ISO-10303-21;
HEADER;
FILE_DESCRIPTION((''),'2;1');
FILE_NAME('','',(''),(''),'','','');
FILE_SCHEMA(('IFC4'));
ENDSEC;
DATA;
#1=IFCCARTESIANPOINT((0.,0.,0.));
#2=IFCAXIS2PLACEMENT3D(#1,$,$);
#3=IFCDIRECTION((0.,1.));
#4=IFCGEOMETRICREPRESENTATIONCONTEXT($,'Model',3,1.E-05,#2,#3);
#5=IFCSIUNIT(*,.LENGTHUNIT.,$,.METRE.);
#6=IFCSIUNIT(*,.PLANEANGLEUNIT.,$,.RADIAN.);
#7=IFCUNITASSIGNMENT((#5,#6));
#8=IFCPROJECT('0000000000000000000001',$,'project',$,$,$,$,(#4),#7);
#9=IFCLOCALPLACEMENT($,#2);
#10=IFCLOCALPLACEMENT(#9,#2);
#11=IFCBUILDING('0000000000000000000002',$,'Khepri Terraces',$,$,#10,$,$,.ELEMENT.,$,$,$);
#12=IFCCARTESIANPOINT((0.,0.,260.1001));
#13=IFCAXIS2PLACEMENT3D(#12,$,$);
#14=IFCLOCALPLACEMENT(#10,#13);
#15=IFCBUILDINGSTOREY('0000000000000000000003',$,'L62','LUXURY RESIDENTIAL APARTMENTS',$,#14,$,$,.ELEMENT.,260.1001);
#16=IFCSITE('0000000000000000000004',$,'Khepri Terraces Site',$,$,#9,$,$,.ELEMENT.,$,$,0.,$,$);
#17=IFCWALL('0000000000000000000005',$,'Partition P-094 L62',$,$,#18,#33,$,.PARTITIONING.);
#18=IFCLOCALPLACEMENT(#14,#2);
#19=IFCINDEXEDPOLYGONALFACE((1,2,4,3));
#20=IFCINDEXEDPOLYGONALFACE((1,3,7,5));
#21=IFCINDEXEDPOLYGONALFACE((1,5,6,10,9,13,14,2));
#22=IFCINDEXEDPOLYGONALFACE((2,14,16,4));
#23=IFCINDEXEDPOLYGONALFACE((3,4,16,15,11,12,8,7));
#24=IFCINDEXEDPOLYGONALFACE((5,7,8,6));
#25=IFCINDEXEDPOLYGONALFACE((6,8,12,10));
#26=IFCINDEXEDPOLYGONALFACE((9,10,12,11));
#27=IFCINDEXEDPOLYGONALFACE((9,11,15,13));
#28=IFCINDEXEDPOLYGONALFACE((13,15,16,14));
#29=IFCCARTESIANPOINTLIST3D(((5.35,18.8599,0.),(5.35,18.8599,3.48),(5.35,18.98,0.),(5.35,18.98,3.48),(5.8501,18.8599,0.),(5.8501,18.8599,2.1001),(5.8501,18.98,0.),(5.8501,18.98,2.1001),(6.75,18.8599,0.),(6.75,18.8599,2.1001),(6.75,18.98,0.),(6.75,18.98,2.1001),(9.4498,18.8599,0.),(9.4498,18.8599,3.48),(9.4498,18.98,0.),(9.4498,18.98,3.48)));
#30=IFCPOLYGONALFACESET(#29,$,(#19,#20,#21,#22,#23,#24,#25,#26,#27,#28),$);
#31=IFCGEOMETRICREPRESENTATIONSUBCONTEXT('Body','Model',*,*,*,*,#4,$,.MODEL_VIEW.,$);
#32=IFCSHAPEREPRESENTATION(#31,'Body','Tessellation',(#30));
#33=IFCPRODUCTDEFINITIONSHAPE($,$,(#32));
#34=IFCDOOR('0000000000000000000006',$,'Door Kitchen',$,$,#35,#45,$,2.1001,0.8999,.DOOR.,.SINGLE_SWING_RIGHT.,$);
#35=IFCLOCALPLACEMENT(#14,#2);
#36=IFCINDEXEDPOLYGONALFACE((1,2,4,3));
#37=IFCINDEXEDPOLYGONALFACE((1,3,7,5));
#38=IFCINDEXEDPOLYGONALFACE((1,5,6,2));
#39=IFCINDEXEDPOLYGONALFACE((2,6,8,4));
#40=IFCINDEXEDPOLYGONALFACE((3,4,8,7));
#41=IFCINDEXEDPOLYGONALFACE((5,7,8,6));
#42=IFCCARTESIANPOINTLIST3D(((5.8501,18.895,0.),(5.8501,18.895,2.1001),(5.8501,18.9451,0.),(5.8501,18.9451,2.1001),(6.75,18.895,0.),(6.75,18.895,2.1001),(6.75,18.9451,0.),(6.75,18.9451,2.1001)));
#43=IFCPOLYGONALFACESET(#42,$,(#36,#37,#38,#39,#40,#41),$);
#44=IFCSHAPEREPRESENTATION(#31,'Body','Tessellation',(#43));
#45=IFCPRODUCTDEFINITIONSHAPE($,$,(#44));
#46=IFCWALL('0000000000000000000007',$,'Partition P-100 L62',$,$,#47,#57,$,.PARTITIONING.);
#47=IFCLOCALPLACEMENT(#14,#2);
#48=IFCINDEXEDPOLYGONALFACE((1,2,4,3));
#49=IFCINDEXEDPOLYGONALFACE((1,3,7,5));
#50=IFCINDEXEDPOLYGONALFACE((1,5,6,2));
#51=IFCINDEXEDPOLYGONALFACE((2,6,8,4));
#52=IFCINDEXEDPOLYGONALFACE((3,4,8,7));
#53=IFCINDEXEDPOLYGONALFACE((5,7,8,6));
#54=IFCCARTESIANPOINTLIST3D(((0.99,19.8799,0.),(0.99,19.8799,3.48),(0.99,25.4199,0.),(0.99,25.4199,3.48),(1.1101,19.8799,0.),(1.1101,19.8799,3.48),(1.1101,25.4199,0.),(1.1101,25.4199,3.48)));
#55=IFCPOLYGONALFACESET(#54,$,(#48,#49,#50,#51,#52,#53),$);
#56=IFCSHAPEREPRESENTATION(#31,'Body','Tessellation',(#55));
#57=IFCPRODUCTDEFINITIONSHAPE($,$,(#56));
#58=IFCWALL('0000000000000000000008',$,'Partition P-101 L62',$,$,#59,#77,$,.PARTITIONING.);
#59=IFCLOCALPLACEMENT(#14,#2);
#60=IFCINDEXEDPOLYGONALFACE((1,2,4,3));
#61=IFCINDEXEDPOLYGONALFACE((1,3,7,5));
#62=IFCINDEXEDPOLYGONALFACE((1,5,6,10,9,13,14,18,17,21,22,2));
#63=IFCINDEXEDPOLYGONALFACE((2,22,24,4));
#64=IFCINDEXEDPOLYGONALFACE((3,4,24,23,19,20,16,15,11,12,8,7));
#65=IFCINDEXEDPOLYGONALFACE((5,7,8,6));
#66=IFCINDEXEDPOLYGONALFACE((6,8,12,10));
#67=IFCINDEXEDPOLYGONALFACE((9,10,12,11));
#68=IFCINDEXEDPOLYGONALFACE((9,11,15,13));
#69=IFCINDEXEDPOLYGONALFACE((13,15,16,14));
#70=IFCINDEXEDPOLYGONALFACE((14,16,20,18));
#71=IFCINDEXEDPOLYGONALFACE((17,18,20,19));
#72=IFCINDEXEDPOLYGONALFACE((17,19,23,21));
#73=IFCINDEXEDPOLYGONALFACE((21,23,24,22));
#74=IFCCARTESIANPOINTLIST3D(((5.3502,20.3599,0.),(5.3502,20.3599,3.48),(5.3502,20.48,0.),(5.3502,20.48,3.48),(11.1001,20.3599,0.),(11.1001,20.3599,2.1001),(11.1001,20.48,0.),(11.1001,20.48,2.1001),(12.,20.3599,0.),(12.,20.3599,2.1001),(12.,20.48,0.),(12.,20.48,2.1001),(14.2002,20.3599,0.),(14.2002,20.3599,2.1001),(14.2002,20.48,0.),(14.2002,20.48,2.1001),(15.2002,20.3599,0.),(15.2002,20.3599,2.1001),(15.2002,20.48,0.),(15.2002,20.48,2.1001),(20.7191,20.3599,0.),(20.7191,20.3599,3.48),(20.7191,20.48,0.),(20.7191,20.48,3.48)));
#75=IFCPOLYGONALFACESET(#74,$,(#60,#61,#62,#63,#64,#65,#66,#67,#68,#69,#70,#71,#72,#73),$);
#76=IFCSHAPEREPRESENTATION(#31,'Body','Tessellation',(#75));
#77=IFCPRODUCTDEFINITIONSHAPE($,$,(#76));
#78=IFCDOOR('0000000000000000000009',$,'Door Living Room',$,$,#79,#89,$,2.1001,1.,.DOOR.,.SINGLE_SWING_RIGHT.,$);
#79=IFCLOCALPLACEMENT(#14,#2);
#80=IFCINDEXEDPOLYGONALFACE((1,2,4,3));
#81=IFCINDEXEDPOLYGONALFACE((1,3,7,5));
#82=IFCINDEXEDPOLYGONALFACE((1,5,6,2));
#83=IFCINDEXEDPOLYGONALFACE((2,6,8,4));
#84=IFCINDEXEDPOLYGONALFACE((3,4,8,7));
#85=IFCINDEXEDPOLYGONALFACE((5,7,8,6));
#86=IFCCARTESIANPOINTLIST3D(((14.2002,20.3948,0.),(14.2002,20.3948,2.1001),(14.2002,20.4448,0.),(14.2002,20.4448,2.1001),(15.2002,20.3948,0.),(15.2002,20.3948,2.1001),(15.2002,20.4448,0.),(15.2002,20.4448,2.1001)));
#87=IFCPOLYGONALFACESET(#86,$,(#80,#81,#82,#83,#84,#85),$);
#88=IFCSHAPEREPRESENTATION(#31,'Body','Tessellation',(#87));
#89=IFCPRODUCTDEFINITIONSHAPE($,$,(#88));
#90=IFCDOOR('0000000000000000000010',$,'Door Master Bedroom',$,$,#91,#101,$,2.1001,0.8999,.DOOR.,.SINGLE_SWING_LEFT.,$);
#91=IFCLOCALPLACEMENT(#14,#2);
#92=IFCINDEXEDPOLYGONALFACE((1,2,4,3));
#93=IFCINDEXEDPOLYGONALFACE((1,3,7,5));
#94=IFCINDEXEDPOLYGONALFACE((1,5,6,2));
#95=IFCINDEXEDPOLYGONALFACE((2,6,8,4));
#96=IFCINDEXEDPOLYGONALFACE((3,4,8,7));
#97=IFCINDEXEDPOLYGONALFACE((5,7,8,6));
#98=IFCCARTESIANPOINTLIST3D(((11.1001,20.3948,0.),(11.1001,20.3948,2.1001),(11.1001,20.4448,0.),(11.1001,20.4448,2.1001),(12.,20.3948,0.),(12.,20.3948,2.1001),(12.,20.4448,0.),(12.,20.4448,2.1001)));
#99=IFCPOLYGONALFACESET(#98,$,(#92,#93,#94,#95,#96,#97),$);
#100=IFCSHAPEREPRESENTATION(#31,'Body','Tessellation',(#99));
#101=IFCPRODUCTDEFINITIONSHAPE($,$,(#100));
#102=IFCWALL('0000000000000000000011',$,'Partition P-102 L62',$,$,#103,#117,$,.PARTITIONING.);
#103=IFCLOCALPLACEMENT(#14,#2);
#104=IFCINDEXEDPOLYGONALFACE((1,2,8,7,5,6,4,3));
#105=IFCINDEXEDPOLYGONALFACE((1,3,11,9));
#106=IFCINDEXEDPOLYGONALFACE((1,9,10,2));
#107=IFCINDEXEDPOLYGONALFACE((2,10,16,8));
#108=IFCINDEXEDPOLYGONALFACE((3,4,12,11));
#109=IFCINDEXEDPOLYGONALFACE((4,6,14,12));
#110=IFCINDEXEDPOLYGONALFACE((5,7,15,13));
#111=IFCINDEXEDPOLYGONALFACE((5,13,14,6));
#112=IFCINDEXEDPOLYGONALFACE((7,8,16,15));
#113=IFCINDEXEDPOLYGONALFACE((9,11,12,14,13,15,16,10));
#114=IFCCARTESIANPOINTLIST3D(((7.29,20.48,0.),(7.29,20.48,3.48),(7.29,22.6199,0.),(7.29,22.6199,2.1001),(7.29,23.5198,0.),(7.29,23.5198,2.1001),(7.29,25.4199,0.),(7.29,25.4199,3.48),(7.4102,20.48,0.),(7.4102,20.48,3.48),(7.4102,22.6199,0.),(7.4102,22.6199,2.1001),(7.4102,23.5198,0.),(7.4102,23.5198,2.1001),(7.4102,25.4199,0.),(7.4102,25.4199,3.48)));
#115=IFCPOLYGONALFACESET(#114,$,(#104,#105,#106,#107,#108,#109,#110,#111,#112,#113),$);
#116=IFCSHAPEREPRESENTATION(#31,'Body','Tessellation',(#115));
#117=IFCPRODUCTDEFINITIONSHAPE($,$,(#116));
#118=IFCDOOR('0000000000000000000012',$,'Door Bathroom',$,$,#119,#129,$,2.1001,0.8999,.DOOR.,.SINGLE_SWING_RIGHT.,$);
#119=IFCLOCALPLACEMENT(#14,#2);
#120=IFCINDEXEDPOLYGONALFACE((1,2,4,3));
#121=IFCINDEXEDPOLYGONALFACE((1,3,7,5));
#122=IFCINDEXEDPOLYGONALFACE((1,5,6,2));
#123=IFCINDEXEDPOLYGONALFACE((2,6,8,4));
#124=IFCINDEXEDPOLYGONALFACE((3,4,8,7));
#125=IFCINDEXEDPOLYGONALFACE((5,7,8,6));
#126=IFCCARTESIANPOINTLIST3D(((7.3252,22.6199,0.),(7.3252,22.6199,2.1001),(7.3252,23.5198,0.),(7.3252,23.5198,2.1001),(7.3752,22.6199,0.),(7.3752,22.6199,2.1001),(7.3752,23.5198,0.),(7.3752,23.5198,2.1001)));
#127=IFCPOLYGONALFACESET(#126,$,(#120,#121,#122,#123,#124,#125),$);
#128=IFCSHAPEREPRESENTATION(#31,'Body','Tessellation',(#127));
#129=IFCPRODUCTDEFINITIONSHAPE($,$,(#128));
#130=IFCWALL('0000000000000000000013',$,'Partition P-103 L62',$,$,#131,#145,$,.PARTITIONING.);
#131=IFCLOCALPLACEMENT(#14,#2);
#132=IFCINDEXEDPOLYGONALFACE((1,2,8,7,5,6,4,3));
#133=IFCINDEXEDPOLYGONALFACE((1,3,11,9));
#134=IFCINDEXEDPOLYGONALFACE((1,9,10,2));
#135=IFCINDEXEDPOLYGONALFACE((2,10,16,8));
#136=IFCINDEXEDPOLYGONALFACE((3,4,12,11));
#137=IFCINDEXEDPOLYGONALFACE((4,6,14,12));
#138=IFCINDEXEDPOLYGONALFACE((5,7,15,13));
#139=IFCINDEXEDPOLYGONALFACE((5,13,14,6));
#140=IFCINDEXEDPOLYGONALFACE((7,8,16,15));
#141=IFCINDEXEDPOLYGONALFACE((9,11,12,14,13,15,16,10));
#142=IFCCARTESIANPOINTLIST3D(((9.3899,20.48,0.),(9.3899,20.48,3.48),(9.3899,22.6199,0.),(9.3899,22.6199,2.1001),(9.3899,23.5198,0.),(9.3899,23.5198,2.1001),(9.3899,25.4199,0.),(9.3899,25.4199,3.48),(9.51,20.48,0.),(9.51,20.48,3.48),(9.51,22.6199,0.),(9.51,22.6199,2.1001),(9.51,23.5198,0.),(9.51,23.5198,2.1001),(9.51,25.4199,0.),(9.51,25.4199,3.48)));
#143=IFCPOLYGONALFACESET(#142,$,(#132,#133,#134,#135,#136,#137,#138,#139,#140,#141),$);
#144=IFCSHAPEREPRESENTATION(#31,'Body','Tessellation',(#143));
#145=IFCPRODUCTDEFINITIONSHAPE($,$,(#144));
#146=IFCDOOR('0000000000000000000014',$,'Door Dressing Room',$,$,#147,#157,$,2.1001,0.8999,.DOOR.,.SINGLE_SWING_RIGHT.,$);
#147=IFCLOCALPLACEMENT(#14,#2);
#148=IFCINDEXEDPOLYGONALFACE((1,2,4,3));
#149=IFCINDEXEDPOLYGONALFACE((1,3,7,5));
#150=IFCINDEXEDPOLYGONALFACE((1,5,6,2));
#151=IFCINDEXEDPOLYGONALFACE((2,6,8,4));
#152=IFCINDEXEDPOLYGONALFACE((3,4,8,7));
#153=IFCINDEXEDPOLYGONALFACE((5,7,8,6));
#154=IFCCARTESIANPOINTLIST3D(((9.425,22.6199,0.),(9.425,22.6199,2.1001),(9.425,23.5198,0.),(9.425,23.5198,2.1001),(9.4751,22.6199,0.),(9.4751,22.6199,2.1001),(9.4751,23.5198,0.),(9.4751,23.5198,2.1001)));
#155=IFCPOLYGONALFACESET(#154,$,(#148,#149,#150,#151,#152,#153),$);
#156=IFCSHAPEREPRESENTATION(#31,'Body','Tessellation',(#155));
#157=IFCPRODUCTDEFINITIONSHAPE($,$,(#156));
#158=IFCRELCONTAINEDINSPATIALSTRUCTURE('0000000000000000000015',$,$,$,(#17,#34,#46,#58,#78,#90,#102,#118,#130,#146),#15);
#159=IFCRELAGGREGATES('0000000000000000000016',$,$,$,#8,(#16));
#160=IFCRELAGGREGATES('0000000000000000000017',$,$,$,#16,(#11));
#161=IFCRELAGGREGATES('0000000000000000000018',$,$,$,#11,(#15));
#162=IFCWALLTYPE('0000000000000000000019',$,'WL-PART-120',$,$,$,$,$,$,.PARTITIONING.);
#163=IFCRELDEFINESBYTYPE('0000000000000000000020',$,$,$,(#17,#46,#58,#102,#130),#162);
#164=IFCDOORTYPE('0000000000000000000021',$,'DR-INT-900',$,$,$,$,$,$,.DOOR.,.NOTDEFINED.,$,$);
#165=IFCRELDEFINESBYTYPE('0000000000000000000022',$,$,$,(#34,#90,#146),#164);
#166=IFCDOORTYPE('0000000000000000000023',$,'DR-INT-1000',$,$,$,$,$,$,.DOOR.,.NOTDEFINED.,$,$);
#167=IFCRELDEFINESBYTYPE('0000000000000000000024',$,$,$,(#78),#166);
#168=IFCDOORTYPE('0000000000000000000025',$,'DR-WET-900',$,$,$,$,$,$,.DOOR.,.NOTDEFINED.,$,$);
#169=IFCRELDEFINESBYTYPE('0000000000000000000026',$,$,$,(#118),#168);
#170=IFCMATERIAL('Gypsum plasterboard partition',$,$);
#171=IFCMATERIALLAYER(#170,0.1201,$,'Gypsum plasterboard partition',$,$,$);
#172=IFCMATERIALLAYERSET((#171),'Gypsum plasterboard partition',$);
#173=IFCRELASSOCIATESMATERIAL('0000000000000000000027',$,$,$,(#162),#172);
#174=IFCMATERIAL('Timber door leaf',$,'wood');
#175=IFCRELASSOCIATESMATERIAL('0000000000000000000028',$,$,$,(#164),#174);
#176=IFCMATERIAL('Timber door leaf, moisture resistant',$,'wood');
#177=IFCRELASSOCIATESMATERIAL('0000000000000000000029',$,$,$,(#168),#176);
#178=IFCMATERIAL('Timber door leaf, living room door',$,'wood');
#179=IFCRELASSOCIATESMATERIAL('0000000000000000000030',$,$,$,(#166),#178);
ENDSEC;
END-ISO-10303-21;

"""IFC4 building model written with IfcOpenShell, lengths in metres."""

from ifc_helpers import new_model, si_unit, direction, frame, frame_2d, origin, place, context, subcontext, project, spatial, rectangle, extrude, material, layer, layer_set, type_object, element, fill, save


model = new_model("IFC4")

# Units and contexts
model_context = context("Model", 3, precision=1e-05, world=origin(), true_north=direction((0.0, 1.0)))
body_context = subcontext(model_context, "Body", "Model", "MODEL_VIEW")
ifc_project = project(units=[si_unit("LENGTHUNIT", "METRE"), si_unit("PLANEANGLEUNIT", "RADIAN")], contexts=[model_context])

# Site, building, storey
site_placement = place(None, origin())
site = spatial("IfcSite", under=ifc_project, at=site_placement, Name="Khepri Terraces Site", CompositionType="ELEMENT", RefElevation=0.0)
building_placement = place(site_placement, origin())
building = spatial("IfcBuilding", under=site, at=building_placement, Name="Khepri Terraces", CompositionType="ELEMENT")
storey_placement = place(building_placement, frame((0.0, 0.0, 260.1001)))
storey = spatial("IfcBuildingStorey", under=building, at=storey_placement, Name="L62", Description="LUXURY RESIDENTIAL APARTMENTS", CompositionType="ELEMENT", Elevation=260.1001)

# Shared definitions
ifc_material_1 = material(Name="Gypsum plasterboard partition")
ifc_layer_1 = layer(ifc_material_1, 0.1201, Name="Gypsum plasterboard partition")
ifc_layer_set_1 = layer_set([ifc_layer_1], Name="Gypsum plasterboard partition")
wall_type_1 = type_object("IfcWallType", Name="WL-PART-120", PredefinedType="PARTITIONING", material=ifc_layer_set_1)

# Shared definitions
ifc_material_2 = material(Name="Timber door leaf", Category="wood")
door_type_1 = type_object("IfcDoorType", Name="DR-INT-900", OperationType="NOTDEFINED", PredefinedType="DOOR", material=ifc_material_2)

# Shared definitions
ifc_material_3 = material(Name="Timber door leaf, moisture resistant", Category="wood")
door_type_2 = type_object("IfcDoorType", Name="DR-WET-900", OperationType="NOTDEFINED", PredefinedType="DOOR", material=ifc_material_3)

# Wall, opening, door
wall_1_placement = place(storey_placement, frame((5.3501, 18.9199, 0.0), z_axis=(0.0, 0.0, 1.0), x_axis=(1.0, 0.0, 0.0)))
wall_1 = element("IfcWall", 1, at=wall_1_placement, inside=storey, type_object=wall_type_1, Name="Partition P-094 L62", PredefinedType="PARTITIONING", context=body_context, shape_type="SweptSolid", body=[
    extrude(rectangle(XDim=4.0999, YDim=0.1201, at=frame_2d((2.0498, 0.0))), origin(), (0.0, 0.0, 1.0), 3.48),
])
opening_1_placement = place(wall_1_placement, frame((0.5, 0.0, 0.0)))
opening_1 = element("IfcOpeningElement", 2, at=opening_1_placement, cuts=wall_1, PredefinedType="OPENING", context=body_context, shape_type="SweptSolid", body=[
    extrude(rectangle(XDim=0.8999, YDim=2.1001, at=frame_2d((0.45, 1.05))), frame((0.0, 0.0701, 0.0), z_axis=(0.0, -1.0, 0.0), x_axis=(1.0, 0.0, 0.0)), (0.0, 0.0, 1.0), 0.1401),
])
door_1_placement = place(opening_1_placement, frame((0.8999, 0.0, 0.0), z_axis=(0.0, 0.0, 1.0), x_axis=(-1.0, 0.0, 0.0)))
door_1 = element("IfcDoor", 3, at=door_1_placement, inside=storey, type_object=door_type_1, Name="Door Kitchen", OperationType="SINGLE_SWING_RIGHT", OverallHeight=2.1001, OverallWidth=0.8999, PredefinedType="DOOR", context=body_context, shape_type="SweptSolid", body=[
    extrude(rectangle(XDim=0.8999, YDim=2.1001, at=frame_2d((0.45, 1.05))), frame((0.0, 0.0249, 0.0), z_axis=(0.0, -1.0, 0.0), x_axis=(1.0, 0.0, 0.0)), (0.0, 0.0, 1.0), 0.05),
])
fill(opening_1, door_1)

# Wall
wall_2_placement = place(storey_placement, frame((1.05, 19.8799, 0.0), z_axis=(0.0, 0.0, 1.0), x_axis=(0.0, 1.0, 0.0)))
element("IfcWall", 4, at=wall_2_placement, inside=storey, type_object=wall_type_1, Name="Partition P-100 L62", PredefinedType="PARTITIONING", context=body_context, shape_type="SweptSolid", body=[
    extrude(rectangle(XDim=5.54, YDim=0.1201, at=frame_2d((2.77, 0.0))), origin(), (0.0, 0.0, 1.0), 3.48),
])

# Wall, openings, doors
wall_3_placement = place(storey_placement, frame((5.3501, 20.4199, 0.0), z_axis=(0.0, 0.0, 1.0), x_axis=(1.0, 0.0, 0.0)))
wall_3 = element("IfcWall", 5, at=wall_3_placement, inside=storey, type_object=wall_type_1, Name="Partition P-101 L62", PredefinedType="PARTITIONING", context=body_context, shape_type="SweptSolid", body=[
    extrude(rectangle(XDim=15.3689, YDim=0.1201, at=frame_2d((7.6846, 0.0))), origin(), (0.0, 0.0, 1.0), 3.48),
])
opening_2_placement = place(wall_3_placement, frame((8.8501, 0.0, 0.0)))
opening_2 = element("IfcOpeningElement", 6, at=opening_2_placement, cuts=wall_3, PredefinedType="OPENING", context=body_context, shape_type="SweptSolid", body=[
    extrude(rectangle(XDim=1.0, YDim=2.1001, at=frame_2d((0.5, 1.05))), frame((0.0, 0.0701, 0.0), z_axis=(0.0, -1.0, 0.0), x_axis=(1.0, 0.0, 0.0)), (0.0, 0.0, 1.0), 0.1401),
])
opening_3_placement = place(wall_3_placement, frame((5.75, 0.0, 0.0)))
opening_3 = element("IfcOpeningElement", 7, at=opening_3_placement, cuts=wall_3, PredefinedType="OPENING", context=body_context, shape_type="SweptSolid", body=[
    extrude(rectangle(XDim=0.8999, YDim=2.1001, at=frame_2d((0.45, 1.05))), frame((0.0, 0.0701, 0.0), z_axis=(0.0, -1.0, 0.0), x_axis=(1.0, 0.0, 0.0)), (0.0, 0.0, 1.0), 0.1401),
])
ifc_material_4 = material(Name="Timber door leaf, living room door", Category="wood")
door_type_3 = type_object("IfcDoorType", Name="DR-INT-1000", OperationType="NOTDEFINED", PredefinedType="DOOR", material=ifc_material_4)
door_2_placement = place(opening_2_placement, origin())
door_2 = element("IfcDoor", 8, at=door_2_placement, inside=storey, type_object=door_type_3, Name="Door Living Room", OperationType="SINGLE_SWING_RIGHT", OverallHeight=2.1001, OverallWidth=1.0, PredefinedType="DOOR", context=body_context, shape_type="SweptSolid", body=[
    extrude(rectangle(XDim=1.0, YDim=2.1001, at=frame_2d((0.5, 1.05))), frame((0.0, 0.0249, 0.0), z_axis=(0.0, -1.0, 0.0), x_axis=(1.0, 0.0, 0.0)), (0.0, 0.0, 1.0), 0.05),
])
fill(opening_2, door_2)
door_3_placement = place(opening_3_placement, origin())
door_3 = element("IfcDoor", 9, at=door_3_placement, inside=storey, type_object=door_type_1, Name="Door Master Bedroom", OperationType="SINGLE_SWING_LEFT", OverallHeight=2.1001, OverallWidth=0.8999, PredefinedType="DOOR", context=body_context, shape_type="SweptSolid", body=[
    extrude(rectangle(XDim=0.8999, YDim=2.1001, at=frame_2d((0.45, 1.05))), frame((0.0, 0.0249, 0.0), z_axis=(0.0, -1.0, 0.0), x_axis=(1.0, 0.0, 0.0)), (0.0, 0.0, 1.0), 0.05),
])
fill(opening_3, door_3)

# Walls, openings, doors
wall_4_placement = place(storey_placement, frame((7.3501, 20.48, 0.0), z_axis=(0.0, 0.0, 1.0), x_axis=(0.0, 1.0, 0.0)))
wall_4 = element("IfcWall", 10, at=wall_4_placement, inside=storey, type_object=wall_type_1, Name="Partition P-102 L62", PredefinedType="PARTITIONING", context=body_context, shape_type="SweptSolid", body=[
    extrude(rectangle(XDim=4.9399, YDim=0.1201, at=frame_2d((2.47, 0.0))), origin(), (0.0, 0.0, 1.0), 3.48),
])
opening_4_placement = place(wall_4_placement, frame((2.1399, 0.0, 0.0)))
opening_4 = element("IfcOpeningElement", 11, at=opening_4_placement, cuts=wall_4, PredefinedType="OPENING", context=body_context, shape_type="SweptSolid", body=[
    extrude(rectangle(XDim=0.8999, YDim=2.1001, at=frame_2d((0.45, 1.05))), frame((0.0, 0.0701, 0.0), z_axis=(0.0, -1.0, 0.0), x_axis=(1.0, 0.0, 0.0)), (0.0, 0.0, 1.0), 0.1401),
])
door_4_placement = place(opening_4_placement, origin())
door_4 = element("IfcDoor", 12, at=door_4_placement, inside=storey, type_object=door_type_2, Name="Door Bathroom", OperationType="SINGLE_SWING_RIGHT", OverallHeight=2.1001, OverallWidth=0.8999, PredefinedType="DOOR", context=body_context, shape_type="SweptSolid", body=[
    extrude(rectangle(XDim=0.8999, YDim=2.1001, at=frame_2d((0.45, 1.05))), frame((0.0, 0.0249, 0.0), z_axis=(0.0, -1.0, 0.0), x_axis=(1.0, 0.0, 0.0)), (0.0, 0.0, 1.0), 0.05),
])
fill(opening_4, door_4)
wall_5_placement = place(storey_placement, frame((9.45, 20.48, 0.0), z_axis=(0.0, 0.0, 1.0), x_axis=(0.0, 1.0, 0.0)))
wall_5 = element("IfcWall", 13, at=wall_5_placement, inside=storey, type_object=wall_type_1, Name="Partition P-103 L62", PredefinedType="PARTITIONING", context=body_context, shape_type="SweptSolid", body=[
    extrude(rectangle(XDim=4.9399, YDim=0.1201, at=frame_2d((2.47, 0.0))), origin(), (0.0, 0.0, 1.0), 3.48),
])
opening_5_placement = place(wall_5_placement, frame((2.1399, 0.0, 0.0)))
opening_5 = element("IfcOpeningElement", 14, at=opening_5_placement, cuts=wall_5, PredefinedType="OPENING", context=body_context, shape_type="SweptSolid", body=[
    extrude(rectangle(XDim=0.8999, YDim=2.1001, at=frame_2d((0.45, 1.05))), frame((0.0, 0.0701, 0.0), z_axis=(0.0, -1.0, 0.0), x_axis=(1.0, 0.0, 0.0)), (0.0, 0.0, 1.0), 0.1401),
])
door_5_placement = place(opening_5_placement, origin())
door_5 = element("IfcDoor", 15, at=door_5_placement, inside=storey, type_object=door_type_1, Name="Door Dressing Room", OperationType="SINGLE_SWING_RIGHT", OverallHeight=2.1001, OverallWidth=0.8999, PredefinedType="DOOR", context=body_context, shape_type="SweptSolid", body=[
    extrude(rectangle(XDim=0.8999, YDim=2.1001, at=frame_2d((0.45, 1.05))), frame((0.0, 0.0249, 0.0), z_axis=(0.0, -1.0, 0.0), x_axis=(1.0, 0.0, 0.0)), (0.0, 0.0, 1.0), 0.05),
])
fill(opening_5, door_5)

save(model, "model.ifc")
